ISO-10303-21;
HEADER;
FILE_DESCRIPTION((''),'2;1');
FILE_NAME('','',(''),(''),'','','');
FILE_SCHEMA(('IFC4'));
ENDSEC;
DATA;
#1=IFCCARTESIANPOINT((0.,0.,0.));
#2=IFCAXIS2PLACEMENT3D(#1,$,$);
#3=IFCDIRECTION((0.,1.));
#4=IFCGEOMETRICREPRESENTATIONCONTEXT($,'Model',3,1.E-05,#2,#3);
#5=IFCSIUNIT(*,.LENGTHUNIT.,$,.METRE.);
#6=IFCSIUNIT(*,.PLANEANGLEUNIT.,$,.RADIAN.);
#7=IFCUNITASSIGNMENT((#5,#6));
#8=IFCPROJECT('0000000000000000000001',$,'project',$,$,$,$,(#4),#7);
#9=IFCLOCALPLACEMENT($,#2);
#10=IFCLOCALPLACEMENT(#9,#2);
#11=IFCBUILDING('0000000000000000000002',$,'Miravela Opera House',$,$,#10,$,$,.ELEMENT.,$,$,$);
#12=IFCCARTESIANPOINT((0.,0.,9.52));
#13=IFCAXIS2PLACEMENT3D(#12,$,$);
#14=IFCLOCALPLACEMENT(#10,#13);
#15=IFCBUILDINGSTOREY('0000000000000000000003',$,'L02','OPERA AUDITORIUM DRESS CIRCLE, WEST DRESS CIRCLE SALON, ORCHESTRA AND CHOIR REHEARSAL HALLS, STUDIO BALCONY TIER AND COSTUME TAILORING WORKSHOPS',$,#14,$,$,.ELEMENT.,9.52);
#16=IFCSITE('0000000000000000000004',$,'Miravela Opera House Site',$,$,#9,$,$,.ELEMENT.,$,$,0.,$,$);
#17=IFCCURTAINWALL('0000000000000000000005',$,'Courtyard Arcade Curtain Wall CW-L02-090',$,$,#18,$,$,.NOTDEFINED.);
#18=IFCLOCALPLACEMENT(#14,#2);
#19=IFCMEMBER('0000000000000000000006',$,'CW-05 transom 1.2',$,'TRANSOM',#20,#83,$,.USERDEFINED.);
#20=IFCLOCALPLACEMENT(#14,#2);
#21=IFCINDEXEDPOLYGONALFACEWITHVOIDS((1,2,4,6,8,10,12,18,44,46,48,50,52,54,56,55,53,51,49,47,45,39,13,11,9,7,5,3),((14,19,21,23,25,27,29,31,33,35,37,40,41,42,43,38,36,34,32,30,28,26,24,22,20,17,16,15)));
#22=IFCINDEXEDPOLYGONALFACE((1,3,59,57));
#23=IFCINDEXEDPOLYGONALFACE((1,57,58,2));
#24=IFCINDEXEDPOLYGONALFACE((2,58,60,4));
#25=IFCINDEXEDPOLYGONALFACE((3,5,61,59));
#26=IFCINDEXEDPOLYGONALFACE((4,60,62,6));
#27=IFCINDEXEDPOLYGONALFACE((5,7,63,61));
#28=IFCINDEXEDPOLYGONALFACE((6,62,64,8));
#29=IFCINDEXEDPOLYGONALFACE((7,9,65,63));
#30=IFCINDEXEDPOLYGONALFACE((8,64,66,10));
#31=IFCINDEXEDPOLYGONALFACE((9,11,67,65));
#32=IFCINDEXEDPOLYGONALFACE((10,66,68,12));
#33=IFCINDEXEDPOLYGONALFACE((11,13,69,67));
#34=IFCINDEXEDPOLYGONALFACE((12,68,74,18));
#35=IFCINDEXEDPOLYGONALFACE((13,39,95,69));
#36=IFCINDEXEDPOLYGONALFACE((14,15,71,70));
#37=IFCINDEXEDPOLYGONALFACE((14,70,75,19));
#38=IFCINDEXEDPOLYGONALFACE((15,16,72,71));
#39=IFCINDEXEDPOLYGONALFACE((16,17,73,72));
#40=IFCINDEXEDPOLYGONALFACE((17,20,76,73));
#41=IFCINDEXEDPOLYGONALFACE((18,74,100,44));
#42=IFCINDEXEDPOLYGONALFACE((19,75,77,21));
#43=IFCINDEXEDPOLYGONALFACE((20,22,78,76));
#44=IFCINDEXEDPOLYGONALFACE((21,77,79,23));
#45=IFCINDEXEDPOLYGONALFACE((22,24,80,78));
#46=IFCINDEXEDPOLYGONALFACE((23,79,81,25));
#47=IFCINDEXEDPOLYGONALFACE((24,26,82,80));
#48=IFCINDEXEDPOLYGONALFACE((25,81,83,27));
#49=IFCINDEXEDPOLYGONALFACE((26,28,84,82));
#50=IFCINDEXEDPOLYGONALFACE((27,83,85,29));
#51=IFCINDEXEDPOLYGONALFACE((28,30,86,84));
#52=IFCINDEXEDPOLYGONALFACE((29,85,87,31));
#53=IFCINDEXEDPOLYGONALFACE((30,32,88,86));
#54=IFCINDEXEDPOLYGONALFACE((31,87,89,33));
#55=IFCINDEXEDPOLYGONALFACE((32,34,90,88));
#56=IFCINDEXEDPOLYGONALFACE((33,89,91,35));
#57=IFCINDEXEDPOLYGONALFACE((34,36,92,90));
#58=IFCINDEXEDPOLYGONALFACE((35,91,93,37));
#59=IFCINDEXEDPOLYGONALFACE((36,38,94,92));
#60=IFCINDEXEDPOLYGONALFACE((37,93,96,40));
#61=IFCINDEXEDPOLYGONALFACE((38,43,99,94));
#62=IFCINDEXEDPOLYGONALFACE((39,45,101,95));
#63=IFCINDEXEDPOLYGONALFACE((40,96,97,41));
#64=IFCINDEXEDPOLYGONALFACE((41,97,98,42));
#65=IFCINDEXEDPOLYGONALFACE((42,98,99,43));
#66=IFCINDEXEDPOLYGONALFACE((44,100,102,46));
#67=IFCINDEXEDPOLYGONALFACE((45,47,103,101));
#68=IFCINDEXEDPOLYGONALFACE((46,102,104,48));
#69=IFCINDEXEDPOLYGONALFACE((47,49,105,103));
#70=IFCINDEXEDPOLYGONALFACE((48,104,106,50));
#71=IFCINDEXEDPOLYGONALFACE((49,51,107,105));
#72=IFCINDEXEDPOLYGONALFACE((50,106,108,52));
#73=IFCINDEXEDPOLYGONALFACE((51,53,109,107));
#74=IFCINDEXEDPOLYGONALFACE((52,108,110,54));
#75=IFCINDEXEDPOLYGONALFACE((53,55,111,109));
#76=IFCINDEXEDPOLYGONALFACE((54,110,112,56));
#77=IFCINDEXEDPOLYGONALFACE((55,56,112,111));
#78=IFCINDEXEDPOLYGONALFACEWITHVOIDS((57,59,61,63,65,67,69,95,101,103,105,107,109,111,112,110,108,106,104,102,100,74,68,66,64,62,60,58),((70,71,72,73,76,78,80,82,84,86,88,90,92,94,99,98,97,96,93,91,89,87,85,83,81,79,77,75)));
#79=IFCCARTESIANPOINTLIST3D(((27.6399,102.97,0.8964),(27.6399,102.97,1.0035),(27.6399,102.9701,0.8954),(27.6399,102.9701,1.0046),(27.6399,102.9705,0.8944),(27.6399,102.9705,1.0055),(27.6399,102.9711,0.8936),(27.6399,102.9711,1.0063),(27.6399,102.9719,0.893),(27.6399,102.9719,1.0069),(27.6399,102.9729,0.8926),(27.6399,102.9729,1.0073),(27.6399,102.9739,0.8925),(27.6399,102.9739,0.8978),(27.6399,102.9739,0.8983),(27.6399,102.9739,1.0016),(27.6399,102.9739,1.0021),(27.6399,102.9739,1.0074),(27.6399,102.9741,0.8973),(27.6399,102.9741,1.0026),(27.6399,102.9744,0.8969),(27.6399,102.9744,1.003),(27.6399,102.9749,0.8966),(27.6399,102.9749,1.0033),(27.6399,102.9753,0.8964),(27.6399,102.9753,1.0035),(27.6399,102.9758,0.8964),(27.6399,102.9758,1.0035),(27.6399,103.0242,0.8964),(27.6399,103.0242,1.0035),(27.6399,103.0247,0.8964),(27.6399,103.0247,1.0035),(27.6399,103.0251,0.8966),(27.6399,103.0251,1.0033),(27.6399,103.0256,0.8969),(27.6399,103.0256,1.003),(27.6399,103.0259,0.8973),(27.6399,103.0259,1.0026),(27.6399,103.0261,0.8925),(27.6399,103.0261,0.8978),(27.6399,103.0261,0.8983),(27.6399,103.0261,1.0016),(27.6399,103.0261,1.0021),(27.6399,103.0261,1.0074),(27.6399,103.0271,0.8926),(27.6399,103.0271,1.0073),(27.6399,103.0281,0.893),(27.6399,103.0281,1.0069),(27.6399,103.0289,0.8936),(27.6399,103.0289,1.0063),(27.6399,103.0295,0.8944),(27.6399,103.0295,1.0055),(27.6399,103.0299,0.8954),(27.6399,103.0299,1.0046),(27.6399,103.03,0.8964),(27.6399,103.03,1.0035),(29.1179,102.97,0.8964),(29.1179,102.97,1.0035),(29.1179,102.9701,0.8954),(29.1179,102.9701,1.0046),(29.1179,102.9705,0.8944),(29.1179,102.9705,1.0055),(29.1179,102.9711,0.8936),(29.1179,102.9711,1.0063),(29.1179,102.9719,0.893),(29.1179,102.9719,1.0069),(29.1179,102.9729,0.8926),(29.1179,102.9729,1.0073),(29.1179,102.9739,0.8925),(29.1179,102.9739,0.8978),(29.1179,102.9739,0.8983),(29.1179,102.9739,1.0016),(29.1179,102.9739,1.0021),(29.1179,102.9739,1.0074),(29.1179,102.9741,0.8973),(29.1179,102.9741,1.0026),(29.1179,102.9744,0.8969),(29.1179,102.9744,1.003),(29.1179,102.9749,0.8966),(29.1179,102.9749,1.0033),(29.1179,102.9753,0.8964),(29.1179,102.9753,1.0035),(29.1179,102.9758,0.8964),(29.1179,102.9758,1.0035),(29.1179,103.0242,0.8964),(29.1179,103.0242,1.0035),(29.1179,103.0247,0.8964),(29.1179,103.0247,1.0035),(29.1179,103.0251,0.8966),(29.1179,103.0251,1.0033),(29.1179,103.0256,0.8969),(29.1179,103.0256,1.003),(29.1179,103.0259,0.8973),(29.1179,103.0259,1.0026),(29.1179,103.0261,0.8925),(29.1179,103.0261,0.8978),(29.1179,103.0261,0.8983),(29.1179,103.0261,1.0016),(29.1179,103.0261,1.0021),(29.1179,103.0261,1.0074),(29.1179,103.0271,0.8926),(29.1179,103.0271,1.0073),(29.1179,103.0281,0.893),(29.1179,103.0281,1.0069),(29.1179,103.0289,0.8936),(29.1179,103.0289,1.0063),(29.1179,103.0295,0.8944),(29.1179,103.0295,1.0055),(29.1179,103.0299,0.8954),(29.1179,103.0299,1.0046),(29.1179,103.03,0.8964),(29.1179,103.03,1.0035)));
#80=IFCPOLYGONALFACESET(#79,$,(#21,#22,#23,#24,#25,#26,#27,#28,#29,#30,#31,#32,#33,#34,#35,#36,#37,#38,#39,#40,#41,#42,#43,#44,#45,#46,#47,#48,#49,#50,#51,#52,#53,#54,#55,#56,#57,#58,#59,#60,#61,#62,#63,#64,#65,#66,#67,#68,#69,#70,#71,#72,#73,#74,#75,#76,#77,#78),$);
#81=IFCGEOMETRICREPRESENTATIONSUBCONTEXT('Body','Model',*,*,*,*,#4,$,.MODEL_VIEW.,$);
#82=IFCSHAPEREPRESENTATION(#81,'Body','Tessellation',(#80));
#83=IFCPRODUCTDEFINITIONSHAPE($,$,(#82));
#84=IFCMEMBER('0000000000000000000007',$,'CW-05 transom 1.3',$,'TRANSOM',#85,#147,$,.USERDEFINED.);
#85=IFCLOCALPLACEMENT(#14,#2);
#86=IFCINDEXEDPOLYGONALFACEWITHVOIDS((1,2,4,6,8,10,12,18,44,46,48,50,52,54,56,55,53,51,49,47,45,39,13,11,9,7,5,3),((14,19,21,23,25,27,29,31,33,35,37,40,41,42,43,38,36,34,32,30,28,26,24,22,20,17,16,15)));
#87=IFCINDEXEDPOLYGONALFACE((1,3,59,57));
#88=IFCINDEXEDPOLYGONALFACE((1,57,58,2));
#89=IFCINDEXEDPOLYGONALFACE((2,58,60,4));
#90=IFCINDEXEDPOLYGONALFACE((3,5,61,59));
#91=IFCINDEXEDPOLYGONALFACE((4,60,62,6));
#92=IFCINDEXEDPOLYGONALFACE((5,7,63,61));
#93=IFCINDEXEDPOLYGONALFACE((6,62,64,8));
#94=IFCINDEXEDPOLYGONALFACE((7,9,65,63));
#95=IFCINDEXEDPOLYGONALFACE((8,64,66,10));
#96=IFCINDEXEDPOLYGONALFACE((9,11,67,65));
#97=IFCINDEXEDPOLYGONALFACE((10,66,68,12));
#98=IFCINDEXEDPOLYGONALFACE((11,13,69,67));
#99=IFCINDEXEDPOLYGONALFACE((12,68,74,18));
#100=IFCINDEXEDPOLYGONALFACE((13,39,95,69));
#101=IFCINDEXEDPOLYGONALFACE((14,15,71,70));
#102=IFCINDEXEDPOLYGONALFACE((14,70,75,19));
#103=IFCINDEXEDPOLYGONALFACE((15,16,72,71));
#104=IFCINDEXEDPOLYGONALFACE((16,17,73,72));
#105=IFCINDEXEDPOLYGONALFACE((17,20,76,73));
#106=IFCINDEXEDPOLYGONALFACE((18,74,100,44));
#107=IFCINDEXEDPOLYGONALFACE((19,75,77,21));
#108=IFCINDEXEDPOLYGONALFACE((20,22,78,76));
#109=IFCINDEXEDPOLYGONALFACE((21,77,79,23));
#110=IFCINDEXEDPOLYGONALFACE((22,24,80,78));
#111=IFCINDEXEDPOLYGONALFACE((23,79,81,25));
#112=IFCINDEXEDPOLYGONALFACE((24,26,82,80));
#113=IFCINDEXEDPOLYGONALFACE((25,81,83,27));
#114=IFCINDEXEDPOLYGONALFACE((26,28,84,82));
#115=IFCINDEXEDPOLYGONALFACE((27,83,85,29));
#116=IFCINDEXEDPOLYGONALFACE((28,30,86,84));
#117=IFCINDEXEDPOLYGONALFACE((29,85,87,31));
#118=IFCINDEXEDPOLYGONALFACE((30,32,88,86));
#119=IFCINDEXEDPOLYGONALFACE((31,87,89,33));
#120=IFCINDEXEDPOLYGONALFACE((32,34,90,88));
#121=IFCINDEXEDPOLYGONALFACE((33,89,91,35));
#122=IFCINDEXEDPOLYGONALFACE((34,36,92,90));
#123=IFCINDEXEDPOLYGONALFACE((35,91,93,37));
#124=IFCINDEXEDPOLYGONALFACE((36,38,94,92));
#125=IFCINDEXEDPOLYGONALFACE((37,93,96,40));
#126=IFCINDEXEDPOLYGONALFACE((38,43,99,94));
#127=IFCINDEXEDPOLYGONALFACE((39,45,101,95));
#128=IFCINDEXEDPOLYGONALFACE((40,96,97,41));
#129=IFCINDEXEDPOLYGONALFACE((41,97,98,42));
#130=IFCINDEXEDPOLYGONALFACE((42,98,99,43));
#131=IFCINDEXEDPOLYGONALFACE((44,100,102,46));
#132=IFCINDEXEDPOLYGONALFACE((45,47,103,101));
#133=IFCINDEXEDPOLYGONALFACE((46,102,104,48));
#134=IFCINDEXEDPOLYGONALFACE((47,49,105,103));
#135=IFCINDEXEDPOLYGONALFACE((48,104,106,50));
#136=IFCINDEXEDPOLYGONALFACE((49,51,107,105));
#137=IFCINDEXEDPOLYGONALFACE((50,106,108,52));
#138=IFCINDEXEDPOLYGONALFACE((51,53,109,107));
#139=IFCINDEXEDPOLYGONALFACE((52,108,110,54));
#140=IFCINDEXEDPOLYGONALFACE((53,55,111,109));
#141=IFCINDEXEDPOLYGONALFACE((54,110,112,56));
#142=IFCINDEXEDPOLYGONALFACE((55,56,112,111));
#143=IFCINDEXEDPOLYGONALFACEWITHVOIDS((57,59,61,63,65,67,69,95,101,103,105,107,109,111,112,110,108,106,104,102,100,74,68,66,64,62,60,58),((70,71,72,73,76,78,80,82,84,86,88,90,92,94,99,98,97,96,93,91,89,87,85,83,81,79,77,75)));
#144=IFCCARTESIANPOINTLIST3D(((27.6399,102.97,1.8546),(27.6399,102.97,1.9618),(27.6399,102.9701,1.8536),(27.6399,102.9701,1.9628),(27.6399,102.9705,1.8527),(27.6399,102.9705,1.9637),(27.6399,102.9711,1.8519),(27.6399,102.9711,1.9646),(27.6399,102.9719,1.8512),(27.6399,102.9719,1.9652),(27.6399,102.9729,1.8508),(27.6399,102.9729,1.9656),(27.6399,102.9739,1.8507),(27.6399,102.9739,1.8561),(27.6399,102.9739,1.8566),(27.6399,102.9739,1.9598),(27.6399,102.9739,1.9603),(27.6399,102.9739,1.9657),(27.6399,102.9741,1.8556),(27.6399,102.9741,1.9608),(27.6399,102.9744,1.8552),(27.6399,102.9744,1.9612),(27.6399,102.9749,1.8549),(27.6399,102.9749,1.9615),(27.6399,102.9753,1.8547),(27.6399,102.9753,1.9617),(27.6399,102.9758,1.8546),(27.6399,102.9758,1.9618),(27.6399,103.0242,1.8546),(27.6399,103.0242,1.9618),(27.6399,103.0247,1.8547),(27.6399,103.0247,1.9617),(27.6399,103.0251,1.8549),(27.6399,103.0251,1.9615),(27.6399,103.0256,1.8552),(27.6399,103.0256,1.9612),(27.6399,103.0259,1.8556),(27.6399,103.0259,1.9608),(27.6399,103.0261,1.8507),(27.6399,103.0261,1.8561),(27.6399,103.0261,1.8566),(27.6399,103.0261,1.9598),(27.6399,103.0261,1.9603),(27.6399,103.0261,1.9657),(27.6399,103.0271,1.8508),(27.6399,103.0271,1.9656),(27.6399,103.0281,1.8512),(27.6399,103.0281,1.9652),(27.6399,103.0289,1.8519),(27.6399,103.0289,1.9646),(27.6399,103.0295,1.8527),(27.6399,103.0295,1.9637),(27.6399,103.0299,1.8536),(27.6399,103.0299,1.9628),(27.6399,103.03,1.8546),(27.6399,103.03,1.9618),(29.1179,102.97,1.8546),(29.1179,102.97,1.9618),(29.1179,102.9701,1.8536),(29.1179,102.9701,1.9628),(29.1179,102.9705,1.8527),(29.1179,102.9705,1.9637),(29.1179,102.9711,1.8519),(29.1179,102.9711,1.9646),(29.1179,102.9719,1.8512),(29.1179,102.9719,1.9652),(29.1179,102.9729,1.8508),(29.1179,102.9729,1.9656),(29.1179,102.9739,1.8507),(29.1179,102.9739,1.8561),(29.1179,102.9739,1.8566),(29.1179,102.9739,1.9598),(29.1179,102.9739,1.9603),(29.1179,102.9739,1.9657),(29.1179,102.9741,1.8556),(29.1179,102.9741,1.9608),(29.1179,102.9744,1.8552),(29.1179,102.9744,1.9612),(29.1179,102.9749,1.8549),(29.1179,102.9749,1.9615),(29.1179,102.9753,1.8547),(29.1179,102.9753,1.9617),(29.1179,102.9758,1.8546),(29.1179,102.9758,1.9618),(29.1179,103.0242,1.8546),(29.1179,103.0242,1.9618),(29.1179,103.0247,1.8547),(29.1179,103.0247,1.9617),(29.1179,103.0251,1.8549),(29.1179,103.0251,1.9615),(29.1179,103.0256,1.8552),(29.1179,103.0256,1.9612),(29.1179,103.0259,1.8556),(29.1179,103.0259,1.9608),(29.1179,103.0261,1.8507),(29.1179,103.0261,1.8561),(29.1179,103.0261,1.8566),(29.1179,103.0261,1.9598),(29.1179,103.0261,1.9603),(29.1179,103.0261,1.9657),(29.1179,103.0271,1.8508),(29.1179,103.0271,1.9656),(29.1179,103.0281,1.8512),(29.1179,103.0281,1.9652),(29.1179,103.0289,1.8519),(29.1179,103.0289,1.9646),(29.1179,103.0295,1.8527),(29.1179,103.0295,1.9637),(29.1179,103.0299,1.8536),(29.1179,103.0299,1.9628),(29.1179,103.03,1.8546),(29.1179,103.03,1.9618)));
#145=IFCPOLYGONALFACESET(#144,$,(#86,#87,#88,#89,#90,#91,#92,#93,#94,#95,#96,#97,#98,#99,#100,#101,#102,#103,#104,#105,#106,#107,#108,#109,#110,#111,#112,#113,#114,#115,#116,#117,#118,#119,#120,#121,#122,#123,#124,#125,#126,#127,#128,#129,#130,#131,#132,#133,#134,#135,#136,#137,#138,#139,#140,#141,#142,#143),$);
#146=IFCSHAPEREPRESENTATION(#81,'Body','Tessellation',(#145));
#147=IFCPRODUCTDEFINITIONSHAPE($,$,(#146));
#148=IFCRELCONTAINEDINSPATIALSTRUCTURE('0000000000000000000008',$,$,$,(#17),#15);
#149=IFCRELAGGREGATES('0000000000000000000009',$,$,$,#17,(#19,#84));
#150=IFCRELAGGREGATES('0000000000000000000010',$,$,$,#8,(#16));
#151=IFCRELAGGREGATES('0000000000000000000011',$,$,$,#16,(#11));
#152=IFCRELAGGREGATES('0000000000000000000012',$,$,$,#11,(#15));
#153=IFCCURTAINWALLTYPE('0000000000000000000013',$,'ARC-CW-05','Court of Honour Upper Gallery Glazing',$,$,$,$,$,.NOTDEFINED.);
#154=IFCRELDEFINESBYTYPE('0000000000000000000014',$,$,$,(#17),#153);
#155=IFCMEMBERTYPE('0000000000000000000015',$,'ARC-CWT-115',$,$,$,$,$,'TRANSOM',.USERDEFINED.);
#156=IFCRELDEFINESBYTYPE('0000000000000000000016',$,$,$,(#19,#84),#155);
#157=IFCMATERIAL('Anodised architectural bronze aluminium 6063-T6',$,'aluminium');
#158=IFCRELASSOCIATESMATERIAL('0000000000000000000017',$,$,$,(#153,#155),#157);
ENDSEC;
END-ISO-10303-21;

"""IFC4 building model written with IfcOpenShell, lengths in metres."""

from ifc_helpers import new_model, si_unit, direction, frame, origin, origin_2d, place, context, subcontext, project, spatial, hollow_rectangle, extrude, material, material_profile, profile_set, type_object, element, aggregate, save


model = new_model("IFC4")

# Units and contexts
model_context = context("Model", 3, precision=1e-05, world=origin(), true_north=direction((0.0, 1.0)))
body_context = subcontext(model_context, "Body", "Model", "MODEL_VIEW")
ifc_project = project(units=[si_unit("LENGTHUNIT", "METRE"), si_unit("PLANEANGLEUNIT", "RADIAN")], contexts=[model_context])

# Site, building, storey
site_placement = place(None, origin())
site = spatial("IfcSite", under=ifc_project, at=site_placement, Name="Miravela Opera House Site", CompositionType="ELEMENT", RefElevation=0.0)
building_placement = place(site_placement, origin())
building = spatial("IfcBuilding", under=site, at=building_placement, Name="Miravela Opera House", CompositionType="ELEMENT")
storey_placement = place(building_placement, frame((0.0, 0.0, 9.52)))
storey = spatial("IfcBuildingStorey", under=building, at=storey_placement, Name="L02", Description="OPERA AUDITORIUM DRESS CIRCLE, WEST DRESS CIRCLE SALON, ORCHESTRA AND CHOIR REHEARSAL HALLS, STUDIO BALCONY TIER AND COSTUME TAILORING WORKSHOPS", CompositionType="ELEMENT", Elevation=9.52)

# Curtain wall
ifc_material_1 = material(Name="Anodised architectural bronze aluminium 6063-T6", Category="aluminium")
curtain_wall_type = type_object("IfcCurtainWallType", Name="ARC-CW-05", Description="Court of Honour Upper Gallery Glazing", PredefinedType="NOTDEFINED", material=ifc_material_1)
curtain_wall_1_placement = place(storey_placement, origin())
curtain_wall_1 = element("IfcCurtainWall", 1, at=curtain_wall_1_placement, inside=storey, type_object=curtain_wall_type, Name="Courtyard Arcade Curtain Wall CW-L02-090", PredefinedType="NOTDEFINED")

# Members
ifc_material_profile_1 = material_profile(ifc_material_1, hollow_rectangle(XDim=0.0601, YDim=0.115, WallThickness=0.0039, InnerFilletRadius=0.002, OuterFilletRadius=0.0039, at=origin_2d()), Name="CWT-60X115")
ifc_profile_set_1 = profile_set([ifc_material_profile_1])
member_type_1 = type_object("IfcMemberType", Name="ARC-CWT-115", ElementType="TRANSOM", PredefinedType="USERDEFINED", material=ifc_profile_set_1)
member_1_placement = place(storey_placement, frame((27.6399, 103.0, 0.95), z_axis=(1.0, 0.0, 0.0), x_axis=(0.0, 1.0, 0.0)))
member_1 = element("IfcMember", 2, at=member_1_placement, type_object=member_type_1, Name="CW-05 transom 1.2", ObjectType="TRANSOM", PredefinedType="USERDEFINED", context=body_context, shape_type="SweptSolid", body=[
    extrude(hollow_rectangle(XDim=0.0601, YDim=0.115, WallThickness=0.0039, InnerFilletRadius=0.002, OuterFilletRadius=0.0039, at=origin_2d()), origin(), (0.0, 0.0, 1.0), 1.478),
])
member_2_placement = place(storey_placement, frame((27.6399, 103.0, 1.9082), z_axis=(1.0, 0.0, 0.0), x_axis=(0.0, 1.0, 0.0)))
member_2 = element("IfcMember", 3, at=member_2_placement, type_object=member_type_1, Name="CW-05 transom 1.3", ObjectType="TRANSOM", PredefinedType="USERDEFINED", context=body_context, shape_type="SweptSolid", body=[
    extrude(hollow_rectangle(XDim=0.0601, YDim=0.115, WallThickness=0.0039, InnerFilletRadius=0.002, OuterFilletRadius=0.0039, at=origin_2d()), origin(), (0.0, 0.0, 1.0), 1.478),
])

aggregate(curtain_wall_1, [member_1, member_2])

save(model, "model.ifc")
